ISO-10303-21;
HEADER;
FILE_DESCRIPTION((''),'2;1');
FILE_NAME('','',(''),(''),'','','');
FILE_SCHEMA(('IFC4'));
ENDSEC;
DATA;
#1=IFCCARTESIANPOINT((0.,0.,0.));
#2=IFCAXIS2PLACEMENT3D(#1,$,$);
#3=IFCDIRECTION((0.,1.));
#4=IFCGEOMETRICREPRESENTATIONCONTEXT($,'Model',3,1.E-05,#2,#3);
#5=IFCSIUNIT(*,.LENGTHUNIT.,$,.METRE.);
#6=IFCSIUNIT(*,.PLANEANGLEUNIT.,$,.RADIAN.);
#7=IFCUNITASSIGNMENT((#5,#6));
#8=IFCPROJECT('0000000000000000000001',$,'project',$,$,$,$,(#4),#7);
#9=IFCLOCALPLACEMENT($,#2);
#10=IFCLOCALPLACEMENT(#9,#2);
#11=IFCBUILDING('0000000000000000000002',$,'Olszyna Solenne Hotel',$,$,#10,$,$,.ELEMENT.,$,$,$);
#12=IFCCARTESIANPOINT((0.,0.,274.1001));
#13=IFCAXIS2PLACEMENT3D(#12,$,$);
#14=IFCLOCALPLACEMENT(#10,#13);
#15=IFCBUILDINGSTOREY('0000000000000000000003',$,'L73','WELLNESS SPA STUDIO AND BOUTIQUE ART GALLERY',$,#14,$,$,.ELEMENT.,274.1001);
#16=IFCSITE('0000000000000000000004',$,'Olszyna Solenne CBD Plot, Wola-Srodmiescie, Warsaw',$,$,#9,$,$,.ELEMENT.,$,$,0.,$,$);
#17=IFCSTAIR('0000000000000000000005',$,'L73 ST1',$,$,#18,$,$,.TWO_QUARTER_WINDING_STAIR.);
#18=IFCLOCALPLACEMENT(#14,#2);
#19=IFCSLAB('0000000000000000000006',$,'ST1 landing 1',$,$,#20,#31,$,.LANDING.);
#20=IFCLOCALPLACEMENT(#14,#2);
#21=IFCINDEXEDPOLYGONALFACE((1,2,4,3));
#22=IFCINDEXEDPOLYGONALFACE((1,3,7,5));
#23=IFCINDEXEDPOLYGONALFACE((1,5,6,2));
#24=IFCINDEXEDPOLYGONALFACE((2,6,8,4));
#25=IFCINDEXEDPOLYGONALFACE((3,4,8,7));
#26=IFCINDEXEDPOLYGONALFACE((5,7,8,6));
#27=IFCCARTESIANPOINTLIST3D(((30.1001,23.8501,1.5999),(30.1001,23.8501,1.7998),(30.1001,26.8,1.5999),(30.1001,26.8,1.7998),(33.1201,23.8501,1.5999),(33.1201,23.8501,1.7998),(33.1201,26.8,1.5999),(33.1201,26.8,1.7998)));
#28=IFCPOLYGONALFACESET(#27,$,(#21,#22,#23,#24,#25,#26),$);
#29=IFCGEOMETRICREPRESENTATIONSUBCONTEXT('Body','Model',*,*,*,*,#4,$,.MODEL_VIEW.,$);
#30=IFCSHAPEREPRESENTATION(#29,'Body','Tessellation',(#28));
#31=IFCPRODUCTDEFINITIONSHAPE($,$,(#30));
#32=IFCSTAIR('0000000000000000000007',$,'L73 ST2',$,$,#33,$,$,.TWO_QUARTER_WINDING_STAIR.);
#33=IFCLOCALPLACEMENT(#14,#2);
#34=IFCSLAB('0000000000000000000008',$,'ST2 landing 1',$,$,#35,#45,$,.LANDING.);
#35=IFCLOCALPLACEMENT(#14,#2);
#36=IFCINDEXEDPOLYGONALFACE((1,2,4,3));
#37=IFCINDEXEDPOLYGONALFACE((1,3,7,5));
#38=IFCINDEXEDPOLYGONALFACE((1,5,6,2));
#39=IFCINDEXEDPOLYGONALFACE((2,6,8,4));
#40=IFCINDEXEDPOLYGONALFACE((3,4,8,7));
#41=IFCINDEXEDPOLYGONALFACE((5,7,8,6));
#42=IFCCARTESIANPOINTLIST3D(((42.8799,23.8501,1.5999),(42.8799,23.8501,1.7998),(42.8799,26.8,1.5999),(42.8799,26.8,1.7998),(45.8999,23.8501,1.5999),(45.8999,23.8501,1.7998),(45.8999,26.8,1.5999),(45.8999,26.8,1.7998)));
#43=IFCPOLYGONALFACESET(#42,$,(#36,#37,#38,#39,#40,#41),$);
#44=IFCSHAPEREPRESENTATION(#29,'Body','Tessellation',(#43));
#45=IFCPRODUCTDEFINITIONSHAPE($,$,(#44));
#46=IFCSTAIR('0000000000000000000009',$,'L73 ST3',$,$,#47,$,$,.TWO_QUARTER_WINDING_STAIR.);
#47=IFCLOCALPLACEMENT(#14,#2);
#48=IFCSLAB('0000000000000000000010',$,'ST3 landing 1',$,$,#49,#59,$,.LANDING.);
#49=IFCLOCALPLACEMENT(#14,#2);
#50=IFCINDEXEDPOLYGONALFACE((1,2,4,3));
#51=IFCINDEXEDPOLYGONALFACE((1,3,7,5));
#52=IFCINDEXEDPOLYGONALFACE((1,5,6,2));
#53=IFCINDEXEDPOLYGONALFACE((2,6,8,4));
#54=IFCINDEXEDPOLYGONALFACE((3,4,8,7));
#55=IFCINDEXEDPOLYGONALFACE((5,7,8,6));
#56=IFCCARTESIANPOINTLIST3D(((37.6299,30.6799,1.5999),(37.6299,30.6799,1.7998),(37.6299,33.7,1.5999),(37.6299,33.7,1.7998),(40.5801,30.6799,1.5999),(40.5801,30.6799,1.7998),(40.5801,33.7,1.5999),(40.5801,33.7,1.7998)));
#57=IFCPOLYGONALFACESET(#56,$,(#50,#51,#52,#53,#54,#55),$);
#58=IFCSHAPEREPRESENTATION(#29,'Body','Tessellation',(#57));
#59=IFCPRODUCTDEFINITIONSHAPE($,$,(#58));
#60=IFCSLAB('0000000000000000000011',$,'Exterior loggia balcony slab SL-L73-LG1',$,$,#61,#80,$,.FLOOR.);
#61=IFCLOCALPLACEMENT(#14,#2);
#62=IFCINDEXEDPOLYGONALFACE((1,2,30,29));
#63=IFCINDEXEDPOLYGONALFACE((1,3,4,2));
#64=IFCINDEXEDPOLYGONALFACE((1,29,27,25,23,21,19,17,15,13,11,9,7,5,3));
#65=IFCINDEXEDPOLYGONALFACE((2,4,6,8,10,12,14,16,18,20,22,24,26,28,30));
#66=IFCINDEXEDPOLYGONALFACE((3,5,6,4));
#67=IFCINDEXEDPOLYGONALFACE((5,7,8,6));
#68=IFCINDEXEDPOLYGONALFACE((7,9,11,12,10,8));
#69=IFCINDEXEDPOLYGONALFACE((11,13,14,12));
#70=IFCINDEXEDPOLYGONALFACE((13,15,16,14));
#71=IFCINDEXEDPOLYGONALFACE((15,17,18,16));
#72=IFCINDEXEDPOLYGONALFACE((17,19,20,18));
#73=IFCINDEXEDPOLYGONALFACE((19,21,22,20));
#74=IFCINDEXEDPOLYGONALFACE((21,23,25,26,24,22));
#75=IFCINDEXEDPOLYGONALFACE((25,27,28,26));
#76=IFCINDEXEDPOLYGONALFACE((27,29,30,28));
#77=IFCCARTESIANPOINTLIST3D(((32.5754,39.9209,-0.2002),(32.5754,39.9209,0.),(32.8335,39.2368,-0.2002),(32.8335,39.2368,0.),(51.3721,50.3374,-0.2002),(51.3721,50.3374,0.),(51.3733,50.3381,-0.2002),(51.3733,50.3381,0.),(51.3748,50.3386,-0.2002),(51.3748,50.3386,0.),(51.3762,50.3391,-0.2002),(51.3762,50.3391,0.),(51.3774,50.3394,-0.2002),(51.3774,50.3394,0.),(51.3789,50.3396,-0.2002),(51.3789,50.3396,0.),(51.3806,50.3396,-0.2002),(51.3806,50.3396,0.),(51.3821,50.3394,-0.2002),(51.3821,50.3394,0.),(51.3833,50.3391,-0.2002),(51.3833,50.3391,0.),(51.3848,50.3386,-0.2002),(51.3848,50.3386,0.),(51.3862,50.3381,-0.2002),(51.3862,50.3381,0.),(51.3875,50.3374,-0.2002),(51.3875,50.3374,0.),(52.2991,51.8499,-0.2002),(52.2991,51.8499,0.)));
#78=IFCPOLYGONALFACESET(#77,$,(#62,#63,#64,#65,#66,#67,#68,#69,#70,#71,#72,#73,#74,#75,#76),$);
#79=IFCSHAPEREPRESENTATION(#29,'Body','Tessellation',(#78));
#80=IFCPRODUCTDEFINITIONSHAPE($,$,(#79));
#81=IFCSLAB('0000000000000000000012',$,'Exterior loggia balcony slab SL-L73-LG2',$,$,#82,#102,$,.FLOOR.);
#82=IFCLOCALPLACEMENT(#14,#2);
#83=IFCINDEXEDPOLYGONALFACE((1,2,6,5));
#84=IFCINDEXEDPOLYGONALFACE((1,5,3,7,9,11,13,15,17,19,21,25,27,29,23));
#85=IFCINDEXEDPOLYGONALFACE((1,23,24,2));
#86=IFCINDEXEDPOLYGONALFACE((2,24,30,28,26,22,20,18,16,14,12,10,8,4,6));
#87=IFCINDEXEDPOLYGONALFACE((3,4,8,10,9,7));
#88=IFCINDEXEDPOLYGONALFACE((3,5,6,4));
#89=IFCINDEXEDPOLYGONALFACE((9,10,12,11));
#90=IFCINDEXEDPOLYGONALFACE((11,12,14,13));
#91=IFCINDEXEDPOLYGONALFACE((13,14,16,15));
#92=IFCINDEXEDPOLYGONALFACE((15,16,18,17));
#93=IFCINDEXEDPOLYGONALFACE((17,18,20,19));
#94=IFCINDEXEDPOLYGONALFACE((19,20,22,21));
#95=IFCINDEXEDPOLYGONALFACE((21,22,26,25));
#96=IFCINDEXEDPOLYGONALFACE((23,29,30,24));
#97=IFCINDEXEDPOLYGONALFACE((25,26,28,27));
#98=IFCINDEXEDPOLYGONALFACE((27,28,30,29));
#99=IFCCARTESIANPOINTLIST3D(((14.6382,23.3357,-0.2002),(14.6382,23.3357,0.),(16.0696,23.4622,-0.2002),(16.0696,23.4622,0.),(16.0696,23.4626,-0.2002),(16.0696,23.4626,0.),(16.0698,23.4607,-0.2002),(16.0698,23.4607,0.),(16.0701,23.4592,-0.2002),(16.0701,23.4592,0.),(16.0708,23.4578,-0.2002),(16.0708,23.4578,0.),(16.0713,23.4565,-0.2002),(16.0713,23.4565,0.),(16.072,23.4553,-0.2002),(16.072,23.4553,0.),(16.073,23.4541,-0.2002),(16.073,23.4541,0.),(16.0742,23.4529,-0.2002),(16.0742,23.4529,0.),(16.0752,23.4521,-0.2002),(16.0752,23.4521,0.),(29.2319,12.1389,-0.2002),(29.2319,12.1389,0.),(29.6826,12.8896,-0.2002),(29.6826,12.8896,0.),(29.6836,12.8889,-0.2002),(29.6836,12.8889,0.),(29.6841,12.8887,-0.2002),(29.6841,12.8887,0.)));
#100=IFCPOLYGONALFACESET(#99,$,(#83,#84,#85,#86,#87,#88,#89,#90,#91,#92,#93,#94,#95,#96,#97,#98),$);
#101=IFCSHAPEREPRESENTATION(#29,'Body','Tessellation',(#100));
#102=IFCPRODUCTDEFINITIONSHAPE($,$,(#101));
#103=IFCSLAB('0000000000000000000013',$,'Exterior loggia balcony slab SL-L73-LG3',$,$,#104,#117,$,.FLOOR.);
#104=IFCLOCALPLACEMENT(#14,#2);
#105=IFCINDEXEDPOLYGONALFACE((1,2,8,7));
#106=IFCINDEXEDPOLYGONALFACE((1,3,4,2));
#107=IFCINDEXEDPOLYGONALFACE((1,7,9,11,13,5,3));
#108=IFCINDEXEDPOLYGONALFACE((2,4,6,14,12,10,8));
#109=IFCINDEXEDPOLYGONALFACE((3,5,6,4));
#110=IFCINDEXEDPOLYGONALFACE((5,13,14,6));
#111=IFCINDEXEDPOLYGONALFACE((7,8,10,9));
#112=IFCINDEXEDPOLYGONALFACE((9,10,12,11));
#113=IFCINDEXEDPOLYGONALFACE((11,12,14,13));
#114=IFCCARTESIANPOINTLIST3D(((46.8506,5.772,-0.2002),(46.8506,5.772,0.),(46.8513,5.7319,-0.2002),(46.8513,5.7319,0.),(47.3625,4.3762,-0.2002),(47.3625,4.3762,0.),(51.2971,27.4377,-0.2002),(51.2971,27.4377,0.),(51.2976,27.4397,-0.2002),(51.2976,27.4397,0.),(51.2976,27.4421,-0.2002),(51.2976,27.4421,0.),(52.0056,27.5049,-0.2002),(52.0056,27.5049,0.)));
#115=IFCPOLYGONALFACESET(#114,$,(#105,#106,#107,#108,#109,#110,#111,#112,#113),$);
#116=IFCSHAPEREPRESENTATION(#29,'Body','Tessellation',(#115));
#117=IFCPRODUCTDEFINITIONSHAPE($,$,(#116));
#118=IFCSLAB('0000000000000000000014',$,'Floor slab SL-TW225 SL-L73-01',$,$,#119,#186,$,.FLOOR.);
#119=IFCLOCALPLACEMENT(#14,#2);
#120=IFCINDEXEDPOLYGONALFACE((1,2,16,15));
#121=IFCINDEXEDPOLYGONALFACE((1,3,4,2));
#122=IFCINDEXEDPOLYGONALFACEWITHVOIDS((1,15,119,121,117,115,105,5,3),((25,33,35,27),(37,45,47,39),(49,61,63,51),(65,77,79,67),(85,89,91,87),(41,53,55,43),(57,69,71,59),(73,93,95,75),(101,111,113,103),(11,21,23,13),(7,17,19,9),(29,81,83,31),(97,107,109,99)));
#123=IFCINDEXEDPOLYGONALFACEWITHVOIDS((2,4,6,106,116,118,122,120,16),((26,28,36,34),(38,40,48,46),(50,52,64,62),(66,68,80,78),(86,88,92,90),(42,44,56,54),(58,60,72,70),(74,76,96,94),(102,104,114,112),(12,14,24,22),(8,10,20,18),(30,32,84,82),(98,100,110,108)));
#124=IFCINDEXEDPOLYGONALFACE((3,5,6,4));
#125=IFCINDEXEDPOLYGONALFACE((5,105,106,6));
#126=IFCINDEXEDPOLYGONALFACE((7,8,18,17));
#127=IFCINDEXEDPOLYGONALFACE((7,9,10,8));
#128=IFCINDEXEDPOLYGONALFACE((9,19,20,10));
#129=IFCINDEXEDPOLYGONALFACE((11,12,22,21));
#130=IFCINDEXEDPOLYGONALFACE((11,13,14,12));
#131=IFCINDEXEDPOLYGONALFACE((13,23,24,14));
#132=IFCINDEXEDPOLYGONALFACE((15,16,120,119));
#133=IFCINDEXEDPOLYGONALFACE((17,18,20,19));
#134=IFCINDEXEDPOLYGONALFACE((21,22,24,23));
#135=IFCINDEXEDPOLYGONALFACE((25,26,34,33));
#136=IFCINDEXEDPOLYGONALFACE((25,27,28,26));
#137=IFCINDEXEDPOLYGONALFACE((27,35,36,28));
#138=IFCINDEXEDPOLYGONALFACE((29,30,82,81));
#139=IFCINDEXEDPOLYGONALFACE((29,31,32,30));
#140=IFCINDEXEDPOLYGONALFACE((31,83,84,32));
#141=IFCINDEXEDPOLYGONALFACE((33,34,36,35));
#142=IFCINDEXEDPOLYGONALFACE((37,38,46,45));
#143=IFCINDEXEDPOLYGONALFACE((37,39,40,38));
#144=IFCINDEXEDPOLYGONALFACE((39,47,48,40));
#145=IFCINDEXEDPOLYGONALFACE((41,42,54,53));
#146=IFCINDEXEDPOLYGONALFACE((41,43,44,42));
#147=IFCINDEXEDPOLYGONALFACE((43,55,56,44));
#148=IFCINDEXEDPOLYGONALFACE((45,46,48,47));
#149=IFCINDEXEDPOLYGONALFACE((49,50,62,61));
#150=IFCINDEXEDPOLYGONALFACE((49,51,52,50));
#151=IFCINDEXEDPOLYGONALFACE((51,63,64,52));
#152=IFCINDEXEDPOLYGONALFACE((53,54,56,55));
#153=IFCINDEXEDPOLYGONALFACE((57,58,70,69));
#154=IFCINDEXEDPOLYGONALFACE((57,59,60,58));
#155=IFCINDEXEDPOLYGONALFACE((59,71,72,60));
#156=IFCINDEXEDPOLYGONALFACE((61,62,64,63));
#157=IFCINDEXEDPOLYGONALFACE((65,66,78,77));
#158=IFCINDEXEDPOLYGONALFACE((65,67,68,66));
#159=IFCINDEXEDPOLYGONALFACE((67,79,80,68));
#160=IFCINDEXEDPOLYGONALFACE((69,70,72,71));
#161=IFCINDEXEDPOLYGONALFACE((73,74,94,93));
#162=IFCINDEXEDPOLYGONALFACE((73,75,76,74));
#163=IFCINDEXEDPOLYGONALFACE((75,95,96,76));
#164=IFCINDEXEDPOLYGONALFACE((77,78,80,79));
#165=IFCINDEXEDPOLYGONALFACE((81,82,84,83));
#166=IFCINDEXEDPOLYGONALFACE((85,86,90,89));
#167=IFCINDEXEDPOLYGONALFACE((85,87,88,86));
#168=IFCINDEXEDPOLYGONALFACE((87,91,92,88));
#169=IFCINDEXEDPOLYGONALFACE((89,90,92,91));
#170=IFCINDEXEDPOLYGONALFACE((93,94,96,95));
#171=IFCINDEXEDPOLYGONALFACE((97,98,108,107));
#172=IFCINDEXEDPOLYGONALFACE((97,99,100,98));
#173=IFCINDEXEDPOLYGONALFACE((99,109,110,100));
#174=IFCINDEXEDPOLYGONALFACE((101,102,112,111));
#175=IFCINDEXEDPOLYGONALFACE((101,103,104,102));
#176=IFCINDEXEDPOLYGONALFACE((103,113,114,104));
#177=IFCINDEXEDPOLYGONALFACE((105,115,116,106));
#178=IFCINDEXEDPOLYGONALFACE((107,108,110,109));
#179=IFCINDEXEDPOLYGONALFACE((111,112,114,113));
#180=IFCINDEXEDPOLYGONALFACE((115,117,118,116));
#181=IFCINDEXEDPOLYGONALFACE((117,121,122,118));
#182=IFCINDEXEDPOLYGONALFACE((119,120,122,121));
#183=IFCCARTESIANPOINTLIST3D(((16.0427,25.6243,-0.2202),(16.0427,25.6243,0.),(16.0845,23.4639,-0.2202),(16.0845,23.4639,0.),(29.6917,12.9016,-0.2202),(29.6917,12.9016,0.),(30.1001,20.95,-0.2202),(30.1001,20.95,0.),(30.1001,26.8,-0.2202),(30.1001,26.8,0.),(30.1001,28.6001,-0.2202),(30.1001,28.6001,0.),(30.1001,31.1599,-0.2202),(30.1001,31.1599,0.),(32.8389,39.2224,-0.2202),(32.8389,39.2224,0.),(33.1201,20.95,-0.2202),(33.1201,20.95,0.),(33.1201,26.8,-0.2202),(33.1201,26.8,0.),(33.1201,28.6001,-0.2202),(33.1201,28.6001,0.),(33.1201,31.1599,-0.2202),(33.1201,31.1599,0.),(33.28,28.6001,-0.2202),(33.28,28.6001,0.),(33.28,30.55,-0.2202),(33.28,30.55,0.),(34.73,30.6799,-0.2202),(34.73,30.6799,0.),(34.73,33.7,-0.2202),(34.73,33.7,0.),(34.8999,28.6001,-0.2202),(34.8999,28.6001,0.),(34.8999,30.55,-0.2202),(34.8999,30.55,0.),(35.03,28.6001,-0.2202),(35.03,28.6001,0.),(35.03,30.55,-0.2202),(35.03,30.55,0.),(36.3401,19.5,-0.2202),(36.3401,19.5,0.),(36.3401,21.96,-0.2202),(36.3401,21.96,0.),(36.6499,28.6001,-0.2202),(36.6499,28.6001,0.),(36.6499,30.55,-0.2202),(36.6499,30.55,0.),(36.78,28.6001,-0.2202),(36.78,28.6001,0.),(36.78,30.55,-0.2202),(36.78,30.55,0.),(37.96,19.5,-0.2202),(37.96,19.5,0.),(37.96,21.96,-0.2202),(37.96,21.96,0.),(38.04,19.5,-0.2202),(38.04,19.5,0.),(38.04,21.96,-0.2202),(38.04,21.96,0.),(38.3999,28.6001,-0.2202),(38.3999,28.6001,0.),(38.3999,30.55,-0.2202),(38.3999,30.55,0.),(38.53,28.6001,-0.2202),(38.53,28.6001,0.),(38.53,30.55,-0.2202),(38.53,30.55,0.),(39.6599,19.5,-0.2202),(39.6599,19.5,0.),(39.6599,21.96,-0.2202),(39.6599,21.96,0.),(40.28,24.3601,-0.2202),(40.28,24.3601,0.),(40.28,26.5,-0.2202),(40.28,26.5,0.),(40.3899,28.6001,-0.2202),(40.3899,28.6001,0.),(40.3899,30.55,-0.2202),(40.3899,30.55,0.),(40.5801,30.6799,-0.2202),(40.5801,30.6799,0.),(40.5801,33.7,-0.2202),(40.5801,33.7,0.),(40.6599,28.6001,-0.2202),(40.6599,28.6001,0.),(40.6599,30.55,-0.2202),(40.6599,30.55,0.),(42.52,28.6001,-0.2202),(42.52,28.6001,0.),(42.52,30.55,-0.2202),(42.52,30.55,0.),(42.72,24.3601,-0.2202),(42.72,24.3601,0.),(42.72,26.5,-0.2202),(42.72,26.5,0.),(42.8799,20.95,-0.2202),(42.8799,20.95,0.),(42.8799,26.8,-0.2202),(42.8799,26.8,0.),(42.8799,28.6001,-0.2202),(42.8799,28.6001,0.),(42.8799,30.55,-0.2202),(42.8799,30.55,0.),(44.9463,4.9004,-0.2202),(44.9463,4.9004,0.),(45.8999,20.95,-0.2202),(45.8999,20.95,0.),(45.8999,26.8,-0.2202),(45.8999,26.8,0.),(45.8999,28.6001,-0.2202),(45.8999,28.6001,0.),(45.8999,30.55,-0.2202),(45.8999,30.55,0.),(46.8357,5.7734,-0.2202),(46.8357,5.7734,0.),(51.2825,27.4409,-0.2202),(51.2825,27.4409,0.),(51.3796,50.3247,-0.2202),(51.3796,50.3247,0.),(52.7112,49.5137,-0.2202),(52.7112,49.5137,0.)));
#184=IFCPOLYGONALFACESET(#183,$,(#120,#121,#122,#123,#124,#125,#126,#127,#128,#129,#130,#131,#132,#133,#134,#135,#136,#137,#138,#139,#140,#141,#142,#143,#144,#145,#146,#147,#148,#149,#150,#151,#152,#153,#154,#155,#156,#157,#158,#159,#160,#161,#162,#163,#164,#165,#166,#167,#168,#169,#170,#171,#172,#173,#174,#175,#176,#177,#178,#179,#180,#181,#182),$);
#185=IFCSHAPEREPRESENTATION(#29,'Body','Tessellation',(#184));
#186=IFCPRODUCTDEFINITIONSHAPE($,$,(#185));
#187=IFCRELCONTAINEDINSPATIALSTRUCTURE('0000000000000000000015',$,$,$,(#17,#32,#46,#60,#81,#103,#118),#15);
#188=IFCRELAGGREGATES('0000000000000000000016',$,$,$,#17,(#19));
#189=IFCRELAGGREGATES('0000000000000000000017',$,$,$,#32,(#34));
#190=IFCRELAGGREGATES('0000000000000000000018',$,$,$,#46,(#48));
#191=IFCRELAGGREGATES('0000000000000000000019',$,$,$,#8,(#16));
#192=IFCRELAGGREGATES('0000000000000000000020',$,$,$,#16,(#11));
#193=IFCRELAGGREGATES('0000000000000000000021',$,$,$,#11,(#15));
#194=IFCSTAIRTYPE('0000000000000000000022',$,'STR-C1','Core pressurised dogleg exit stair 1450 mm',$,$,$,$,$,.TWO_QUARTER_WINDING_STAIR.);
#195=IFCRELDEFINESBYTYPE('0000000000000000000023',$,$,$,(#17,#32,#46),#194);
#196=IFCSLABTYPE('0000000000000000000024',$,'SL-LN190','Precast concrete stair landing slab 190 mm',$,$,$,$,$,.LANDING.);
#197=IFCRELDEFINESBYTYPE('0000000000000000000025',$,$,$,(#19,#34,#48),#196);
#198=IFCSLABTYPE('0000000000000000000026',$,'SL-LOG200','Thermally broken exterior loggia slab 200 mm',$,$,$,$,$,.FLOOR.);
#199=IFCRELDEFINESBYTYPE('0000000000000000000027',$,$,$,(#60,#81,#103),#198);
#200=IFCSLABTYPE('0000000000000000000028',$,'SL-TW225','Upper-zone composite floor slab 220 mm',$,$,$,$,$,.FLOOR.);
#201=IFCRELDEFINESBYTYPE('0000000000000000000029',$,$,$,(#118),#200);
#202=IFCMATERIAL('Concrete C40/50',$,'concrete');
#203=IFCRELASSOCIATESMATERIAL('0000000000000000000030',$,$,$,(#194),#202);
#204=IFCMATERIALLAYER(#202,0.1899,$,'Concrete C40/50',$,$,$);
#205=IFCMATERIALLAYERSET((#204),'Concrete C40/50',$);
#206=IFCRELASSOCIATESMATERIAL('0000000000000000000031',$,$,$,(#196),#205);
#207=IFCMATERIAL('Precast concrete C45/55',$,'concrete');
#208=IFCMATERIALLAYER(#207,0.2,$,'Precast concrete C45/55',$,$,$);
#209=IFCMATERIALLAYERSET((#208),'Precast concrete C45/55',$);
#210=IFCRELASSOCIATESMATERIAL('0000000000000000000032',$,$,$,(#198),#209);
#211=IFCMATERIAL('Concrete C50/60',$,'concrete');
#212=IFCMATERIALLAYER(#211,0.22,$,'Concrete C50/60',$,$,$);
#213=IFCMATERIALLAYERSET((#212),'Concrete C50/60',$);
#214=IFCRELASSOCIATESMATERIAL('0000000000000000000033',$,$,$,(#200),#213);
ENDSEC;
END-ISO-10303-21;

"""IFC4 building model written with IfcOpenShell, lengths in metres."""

from ifc_helpers import new_model, si_unit, direction, frame, origin, place, context, subcontext, project, spatial, polyline, outline, extrude, material, layer, layer_set, type_object, element, aggregate, save


model = new_model("IFC4")

# Units and contexts
model_context = context("Model", 3, precision=1e-05, world=origin(), true_north=direction((0.0, 1.0)))
body_context = subcontext(model_context, "Body", "Model", "MODEL_VIEW")
ifc_project = project(units=[si_unit("LENGTHUNIT", "METRE"), si_unit("PLANEANGLEUNIT", "RADIAN")], contexts=[model_context])

# Site, building, storey
site_placement = place(None, origin())
site = spatial("IfcSite", under=ifc_project, at=site_placement, Name="Olszyna Solenne CBD Plot, Wola-Srodmiescie, Warsaw", CompositionType="ELEMENT", RefElevation=0.0)
building_placement = place(site_placement, origin())
building = spatial("IfcBuilding", under=site, at=building_placement, Name="Olszyna Solenne Hotel", CompositionType="ELEMENT")
storey_placement = place(building_placement, frame((0.0, 0.0, 274.1001)))
storey = spatial("IfcBuildingStorey", under=building, at=storey_placement, Name="L73", Description="WELLNESS SPA STUDIO AND BOUTIQUE ART GALLERY", CompositionType="ELEMENT", Elevation=274.1001)

# Stairs, slabs
ifc_material_1 = material(Name="Concrete C40/50", Category="concrete")
stair_type = type_object("IfcStairType", Name="STR-C1", Description="Core pressurised dogleg exit stair 1450 mm", PredefinedType="TWO_QUARTER_WINDING_STAIR", material=ifc_material_1)
stair_1_placement = place(storey_placement, origin())
stair_1 = element("IfcStair", 1, at=stair_1_placement, inside=storey, type_object=stair_type, Name="L73 ST1", PredefinedType="TWO_QUARTER_WINDING_STAIR")
ifc_layer_1 = layer(ifc_material_1, 0.1899, Name="Concrete C40/50")
ifc_layer_set_1 = layer_set([ifc_layer_1], Name="Concrete C40/50")
slab_type_1 = type_object("IfcSlabType", Name="SL-LN190", Description="Precast concrete stair landing slab 190 mm", PredefinedType="LANDING", material=ifc_layer_set_1)
slab_1_placement = place(storey_placement, frame((0.0, 0.0, 1.5999)))
slab_1 = element("IfcSlab", 2, at=slab_1_placement, type_object=slab_type_1, Name="ST1 landing 1", PredefinedType="LANDING", context=body_context, shape_type="SweptSolid", body=[
    extrude(outline(polyline([(33.1201, 23.8501), (33.1201, 26.8), (30.1001, 26.8), (30.1001, 23.8501), (33.1201, 23.8501)])), origin(), (0.0, 0.0, 1.0), 0.2),
])
aggregate(stair_1, [slab_1])
stair_2_placement = place(storey_placement, origin())
stair_2 = element("IfcStair", 3, at=stair_2_placement, inside=storey, type_object=stair_type, Name="L73 ST2", PredefinedType="TWO_QUARTER_WINDING_STAIR")
slab_2_placement = place(storey_placement, frame((0.0, 0.0, 1.5999)))
slab_2 = element("IfcSlab", 4, at=slab_2_placement, type_object=slab_type_1, Name="ST2 landing 1", PredefinedType="LANDING", context=body_context, shape_type="SweptSolid", body=[
    extrude(outline(polyline([(45.8999, 23.8501), (45.8999, 26.8), (42.8799, 26.8), (42.8799, 23.8501), (45.8999, 23.8501)])), origin(), (0.0, 0.0, 1.0), 0.2),
])
aggregate(stair_2, [slab_2])
stair_3_placement = place(storey_placement, origin())
stair_3 = element("IfcStair", 5, at=stair_3_placement, inside=storey, type_object=stair_type, Name="L73 ST3", PredefinedType="TWO_QUARTER_WINDING_STAIR")
slab_3_placement = place(storey_placement, frame((0.0, 0.0, 1.5999)))
slab_3 = element("IfcSlab", 6, at=slab_3_placement, type_object=slab_type_1, Name="ST3 landing 1", PredefinedType="LANDING", context=body_context, shape_type="SweptSolid", body=[
    extrude(outline(polyline([(37.6299, 30.6799), (40.5801, 30.6799), (40.5801, 33.7), (37.6299, 33.7), (37.6299, 30.6799)])), origin(), (0.0, 0.0, 1.0), 0.2),
])
aggregate(stair_3, [slab_3])

# Slabs
ifc_material_2 = material(Name="Precast concrete C45/55", Category="concrete")
ifc_layer_2 = layer(ifc_material_2, 0.2, Name="Precast concrete C45/55")
ifc_layer_set_2 = layer_set([ifc_layer_2], Name="Precast concrete C45/55")
slab_type_2 = type_object("IfcSlabType", Name="SL-LOG200", Description="Thermally broken exterior loggia slab 200 mm", PredefinedType="FLOOR", material=ifc_layer_set_2)
slab_4_placement = place(storey_placement, frame((0.0, 0.0, -0.2002)))
element("IfcSlab", 7, at=slab_4_placement, inside=storey, type_object=slab_type_2, Name="Exterior loggia balcony slab SL-L73-LG1", PredefinedType="FLOOR", context=body_context, shape_type="SweptSolid", body=[
    extrude(outline(polyline([(32.8335, 39.2368), (51.3721, 50.3374), (51.3733, 50.3381), (51.3748, 50.3386), (51.3762, 50.3391), (51.3774, 50.3394), (51.3789, 50.3396), (51.3806, 50.3396), (51.3821, 50.3394), (51.3833, 50.3391), (51.3848, 50.3386), (51.3862, 50.3381), (51.3875, 50.3374), (52.2991, 51.8499), (32.5754, 39.9209), (32.8335, 39.2368)])), origin(), (0.0, 0.0, 1.0), 0.2002),
])
slab_5_placement = place(storey_placement, frame((0.0, 0.0, -0.2002)))
element("IfcSlab", 8, at=slab_5_placement, inside=storey, type_object=slab_type_2, Name="Exterior loggia balcony slab SL-L73-LG2", PredefinedType="FLOOR", context=body_context, shape_type="SweptSolid", body=[
    extrude(outline(polyline([(29.6841, 12.8887), (29.6836, 12.8889), (29.6826, 12.8896), (16.0752, 23.4521), (16.0742, 23.4529), (16.073, 23.4541), (16.072, 23.4553), (16.0713, 23.4565), (16.0708, 23.4578), (16.0701, 23.4592), (16.0698, 23.4607), (16.0696, 23.4622), (16.0696, 23.4626), (14.6382, 23.3357), (29.2319, 12.1389), (29.6841, 12.8887)])), origin(), (0.0, 0.0, 1.0), 0.2002),
])
slab_6_placement = place(storey_placement, frame((0.0, 0.0, -0.2002)))
element("IfcSlab", 9, at=slab_6_placement, inside=storey, type_object=slab_type_2, Name="Exterior loggia balcony slab SL-L73-LG3", PredefinedType="FLOOR", context=body_context, shape_type="SweptSolid", body=[
    extrude(outline(polyline([(51.2976, 27.4421), (51.2976, 27.4397), (51.2971, 27.4377), (46.8506, 5.772), (46.8513, 5.7319), (47.3625, 4.3762), (52.0056, 27.5049), (51.2976, 27.4421)])), origin(), (0.0, 0.0, 1.0), 0.2002),
])
ifc_material_3 = material(Name="Concrete C50/60", Category="concrete")
ifc_layer_3 = layer(ifc_material_3, 0.22, Name="Concrete C50/60")
ifc_layer_set_3 = layer_set([ifc_layer_3], Name="Concrete C50/60")
slab_type_3 = type_object("IfcSlabType", Name="SL-TW225", Description="Upper-zone composite floor slab 220 mm", PredefinedType="FLOOR", material=ifc_layer_set_3)
slab_7_placement = place(storey_placement, frame((0.0, 0.0, -0.2202)))
element("IfcSlab", 10, at=slab_7_placement, inside=storey, type_object=slab_type_3, Name="Floor slab SL-TW225 SL-L73-01", PredefinedType="FLOOR", context=body_context, shape_type="SweptSolid", body=[
    extrude(outline(polyline([(52.7112, 49.5137), (51.3796, 50.3247), (32.8389, 39.2224), (16.0427, 25.6243), (16.0845, 23.4639), (29.6917, 12.9016), (44.9463, 4.9004), (46.8357, 5.7734), (51.2825, 27.4409), (52.7112, 49.5137)]), holes=[polyline([(30.1001, 20.95), (33.1201, 20.95), (33.1201, 26.8), (30.1001, 26.8), (30.1001, 20.95)]), polyline([(42.8799, 20.95), (45.8999, 20.95), (45.8999, 26.8), (42.8799, 26.8), (42.8799, 20.95)]), polyline([(34.73, 30.6799), (40.5801, 30.6799), (40.5801, 33.7), (34.73, 33.7), (34.73, 30.6799)]), polyline([(36.3401, 19.5), (37.96, 19.5), (37.96, 21.96), (36.3401, 21.96), (36.3401, 19.5)]), polyline([(38.04, 19.5), (39.6599, 19.5), (39.6599, 21.96), (38.04, 21.96), (38.04, 19.5)]), polyline([(30.1001, 28.6001), (33.1201, 28.6001), (33.1201, 31.1599), (30.1001, 31.1599), (30.1001, 28.6001)]), polyline([(40.28, 24.3601), (42.72, 24.3601), (42.72, 26.5), (40.28, 26.5), (40.28, 24.3601)]), polyline([(33.28, 28.6001), (34.8999, 28.6001), (34.8999, 30.55), (33.28, 30.55), (33.28, 28.6001)]), polyline([(35.03, 28.6001), (36.6499, 28.6001), (36.6499, 30.55), (35.03, 30.55), (35.03, 28.6001)]), polyline([(36.78, 28.6001), (38.3999, 28.6001), (38.3999, 30.55), (36.78, 30.55), (36.78, 28.6001)]), polyline([(38.53, 28.6001), (40.3899, 28.6001), (40.3899, 30.55), (38.53, 30.55), (38.53, 28.6001)]), polyline([(40.6599, 28.6001), (42.52, 28.6001), (42.52, 30.55), (40.6599, 30.55), (40.6599, 28.6001)]), polyline([(42.8799, 28.6001), (45.8999, 28.6001), (45.8999, 30.55), (42.8799, 30.55), (42.8799, 28.6001)])]), origin(), (0.0, 0.0, 1.0), 0.2202),
])

save(model, "model.ifc")
